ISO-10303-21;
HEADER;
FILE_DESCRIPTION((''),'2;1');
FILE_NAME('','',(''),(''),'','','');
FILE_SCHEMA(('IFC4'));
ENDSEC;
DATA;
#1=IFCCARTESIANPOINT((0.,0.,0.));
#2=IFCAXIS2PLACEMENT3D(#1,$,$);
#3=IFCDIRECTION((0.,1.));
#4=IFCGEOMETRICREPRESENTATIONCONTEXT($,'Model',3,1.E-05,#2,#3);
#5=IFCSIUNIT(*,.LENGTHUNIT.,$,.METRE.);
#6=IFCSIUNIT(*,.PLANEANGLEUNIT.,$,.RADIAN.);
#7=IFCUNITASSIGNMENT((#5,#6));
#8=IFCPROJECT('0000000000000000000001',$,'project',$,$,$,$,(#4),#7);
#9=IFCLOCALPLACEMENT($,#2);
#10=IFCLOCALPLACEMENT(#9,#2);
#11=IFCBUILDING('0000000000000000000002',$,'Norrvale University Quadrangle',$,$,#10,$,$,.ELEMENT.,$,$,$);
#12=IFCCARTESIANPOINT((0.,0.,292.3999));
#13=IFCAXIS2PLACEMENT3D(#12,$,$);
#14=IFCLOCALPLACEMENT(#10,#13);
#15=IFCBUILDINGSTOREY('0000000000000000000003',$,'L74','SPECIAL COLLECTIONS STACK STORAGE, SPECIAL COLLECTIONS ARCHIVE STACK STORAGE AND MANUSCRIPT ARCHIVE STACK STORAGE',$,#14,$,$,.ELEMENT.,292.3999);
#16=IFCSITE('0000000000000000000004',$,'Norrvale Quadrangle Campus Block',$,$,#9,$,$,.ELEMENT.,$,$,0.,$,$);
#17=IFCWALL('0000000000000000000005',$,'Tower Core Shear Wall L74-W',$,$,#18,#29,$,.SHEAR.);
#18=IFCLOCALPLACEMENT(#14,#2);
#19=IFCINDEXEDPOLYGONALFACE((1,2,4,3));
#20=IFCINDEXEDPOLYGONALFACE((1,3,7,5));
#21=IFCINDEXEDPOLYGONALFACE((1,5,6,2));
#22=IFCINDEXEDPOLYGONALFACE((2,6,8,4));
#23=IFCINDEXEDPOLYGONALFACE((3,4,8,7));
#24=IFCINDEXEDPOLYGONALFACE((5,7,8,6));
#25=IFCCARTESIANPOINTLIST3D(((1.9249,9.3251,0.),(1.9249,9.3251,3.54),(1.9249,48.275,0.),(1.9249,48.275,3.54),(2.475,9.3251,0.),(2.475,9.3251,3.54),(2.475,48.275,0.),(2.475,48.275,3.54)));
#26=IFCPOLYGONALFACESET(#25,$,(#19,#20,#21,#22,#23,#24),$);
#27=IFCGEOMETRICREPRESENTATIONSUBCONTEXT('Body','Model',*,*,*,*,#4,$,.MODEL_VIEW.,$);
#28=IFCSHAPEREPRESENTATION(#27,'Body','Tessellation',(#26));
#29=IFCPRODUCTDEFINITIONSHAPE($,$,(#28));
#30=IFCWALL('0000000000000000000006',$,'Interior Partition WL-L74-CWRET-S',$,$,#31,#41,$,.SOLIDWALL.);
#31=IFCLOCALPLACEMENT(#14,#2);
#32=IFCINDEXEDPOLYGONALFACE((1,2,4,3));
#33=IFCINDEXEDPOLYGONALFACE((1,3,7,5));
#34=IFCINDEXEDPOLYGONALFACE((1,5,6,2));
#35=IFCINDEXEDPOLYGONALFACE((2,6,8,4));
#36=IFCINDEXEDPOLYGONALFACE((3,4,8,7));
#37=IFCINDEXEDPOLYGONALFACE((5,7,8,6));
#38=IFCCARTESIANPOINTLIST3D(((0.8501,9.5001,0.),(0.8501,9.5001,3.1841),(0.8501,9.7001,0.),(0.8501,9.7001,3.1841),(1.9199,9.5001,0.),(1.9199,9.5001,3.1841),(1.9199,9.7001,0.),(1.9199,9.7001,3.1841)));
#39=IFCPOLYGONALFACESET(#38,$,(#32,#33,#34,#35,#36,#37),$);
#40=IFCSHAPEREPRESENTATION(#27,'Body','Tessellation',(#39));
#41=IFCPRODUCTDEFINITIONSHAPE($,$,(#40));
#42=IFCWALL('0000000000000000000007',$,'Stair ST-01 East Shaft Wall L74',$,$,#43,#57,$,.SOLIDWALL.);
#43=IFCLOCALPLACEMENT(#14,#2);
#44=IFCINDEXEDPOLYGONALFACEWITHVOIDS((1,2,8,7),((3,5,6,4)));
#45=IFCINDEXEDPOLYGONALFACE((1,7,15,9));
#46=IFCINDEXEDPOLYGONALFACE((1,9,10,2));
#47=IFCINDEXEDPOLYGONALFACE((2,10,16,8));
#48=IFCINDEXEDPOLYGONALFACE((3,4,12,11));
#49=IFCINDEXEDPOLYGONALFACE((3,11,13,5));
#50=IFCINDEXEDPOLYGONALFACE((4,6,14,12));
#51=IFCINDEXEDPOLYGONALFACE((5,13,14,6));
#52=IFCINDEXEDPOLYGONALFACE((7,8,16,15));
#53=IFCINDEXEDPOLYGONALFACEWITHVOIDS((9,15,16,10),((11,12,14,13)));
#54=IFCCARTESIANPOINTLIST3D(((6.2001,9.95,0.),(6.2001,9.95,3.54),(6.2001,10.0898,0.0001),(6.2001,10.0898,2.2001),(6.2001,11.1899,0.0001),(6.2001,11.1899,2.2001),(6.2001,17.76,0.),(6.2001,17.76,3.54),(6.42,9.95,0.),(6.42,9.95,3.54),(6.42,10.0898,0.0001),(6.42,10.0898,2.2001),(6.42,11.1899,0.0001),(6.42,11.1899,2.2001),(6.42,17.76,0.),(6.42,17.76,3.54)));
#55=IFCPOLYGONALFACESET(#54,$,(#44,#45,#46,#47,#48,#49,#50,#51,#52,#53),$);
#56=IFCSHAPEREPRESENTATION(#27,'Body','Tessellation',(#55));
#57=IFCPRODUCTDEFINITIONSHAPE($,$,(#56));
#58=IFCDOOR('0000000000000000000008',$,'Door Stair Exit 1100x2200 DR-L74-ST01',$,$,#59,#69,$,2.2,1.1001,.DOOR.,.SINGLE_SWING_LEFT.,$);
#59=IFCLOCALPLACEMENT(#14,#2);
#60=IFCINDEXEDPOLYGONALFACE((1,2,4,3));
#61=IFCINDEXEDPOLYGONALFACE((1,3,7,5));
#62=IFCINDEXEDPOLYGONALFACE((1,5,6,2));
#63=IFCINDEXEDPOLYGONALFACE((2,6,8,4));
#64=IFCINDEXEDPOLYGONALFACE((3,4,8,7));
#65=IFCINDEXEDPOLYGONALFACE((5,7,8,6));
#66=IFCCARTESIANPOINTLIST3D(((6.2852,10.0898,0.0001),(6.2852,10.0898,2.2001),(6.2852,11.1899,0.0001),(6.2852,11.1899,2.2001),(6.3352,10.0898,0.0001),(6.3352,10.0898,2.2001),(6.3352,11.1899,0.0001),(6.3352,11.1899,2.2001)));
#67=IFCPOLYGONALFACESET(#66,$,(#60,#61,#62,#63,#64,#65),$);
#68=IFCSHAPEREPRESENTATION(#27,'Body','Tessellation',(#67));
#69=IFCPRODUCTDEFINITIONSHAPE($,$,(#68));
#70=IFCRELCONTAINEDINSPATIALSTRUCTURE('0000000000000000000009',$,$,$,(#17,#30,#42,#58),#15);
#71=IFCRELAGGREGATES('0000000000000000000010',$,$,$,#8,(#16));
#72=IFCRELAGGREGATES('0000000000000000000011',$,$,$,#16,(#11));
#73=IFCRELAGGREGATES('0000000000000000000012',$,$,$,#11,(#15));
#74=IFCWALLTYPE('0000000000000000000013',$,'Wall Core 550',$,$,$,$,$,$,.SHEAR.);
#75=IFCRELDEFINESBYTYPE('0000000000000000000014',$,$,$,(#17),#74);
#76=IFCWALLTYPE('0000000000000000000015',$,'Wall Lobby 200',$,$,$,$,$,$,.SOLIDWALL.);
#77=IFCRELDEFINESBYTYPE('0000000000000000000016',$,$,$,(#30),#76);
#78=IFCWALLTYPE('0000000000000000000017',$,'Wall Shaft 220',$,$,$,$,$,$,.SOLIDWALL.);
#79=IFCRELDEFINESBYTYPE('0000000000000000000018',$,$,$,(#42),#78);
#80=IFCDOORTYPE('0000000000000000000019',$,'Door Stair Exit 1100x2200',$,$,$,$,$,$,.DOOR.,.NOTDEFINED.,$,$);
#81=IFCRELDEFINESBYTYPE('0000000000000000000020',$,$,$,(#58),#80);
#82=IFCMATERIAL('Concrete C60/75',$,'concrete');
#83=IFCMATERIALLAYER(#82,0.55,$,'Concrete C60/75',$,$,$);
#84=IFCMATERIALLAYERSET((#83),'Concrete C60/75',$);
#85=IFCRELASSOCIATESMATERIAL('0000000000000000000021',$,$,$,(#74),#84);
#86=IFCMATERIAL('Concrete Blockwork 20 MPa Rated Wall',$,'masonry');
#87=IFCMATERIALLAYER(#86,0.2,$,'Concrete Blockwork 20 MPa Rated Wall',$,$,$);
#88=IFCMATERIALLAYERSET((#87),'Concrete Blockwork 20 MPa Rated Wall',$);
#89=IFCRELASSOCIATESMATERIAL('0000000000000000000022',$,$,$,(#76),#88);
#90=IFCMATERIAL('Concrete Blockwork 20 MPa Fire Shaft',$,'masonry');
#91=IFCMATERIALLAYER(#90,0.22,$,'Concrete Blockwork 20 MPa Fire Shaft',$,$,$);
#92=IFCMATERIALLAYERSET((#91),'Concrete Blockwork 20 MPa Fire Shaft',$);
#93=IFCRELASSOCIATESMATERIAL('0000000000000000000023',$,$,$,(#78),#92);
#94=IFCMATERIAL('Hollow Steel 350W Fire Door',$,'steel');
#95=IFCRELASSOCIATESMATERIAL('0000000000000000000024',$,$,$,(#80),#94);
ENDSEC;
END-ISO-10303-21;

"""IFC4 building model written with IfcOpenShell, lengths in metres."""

from ifc_helpers import new_model, si_unit, direction, frame, frame_2d, origin, place, context, subcontext, project, spatial, rectangle, extrude, material, layer, layer_set, type_object, element, fill, save


model = new_model("IFC4")

# Units and contexts
model_context = context("Model", 3, precision=1e-05, world=origin(), true_north=direction((0.0, 1.0)))
body_context = subcontext(model_context, "Body", "Model", "MODEL_VIEW")
ifc_project = project(units=[si_unit("LENGTHUNIT", "METRE"), si_unit("PLANEANGLEUNIT", "RADIAN")], contexts=[model_context])

# Site, building, storey
site_placement = place(None, origin())
site = spatial("IfcSite", under=ifc_project, at=site_placement, Name="Norrvale Quadrangle Campus Block", CompositionType="ELEMENT", RefElevation=0.0)
building_placement = place(site_placement, origin())
building = spatial("IfcBuilding", under=site, at=building_placement, Name="Norrvale University Quadrangle", CompositionType="ELEMENT")
storey_placement = place(building_placement, frame((0.0, 0.0, 292.3999)))
storey = spatial("IfcBuildingStorey", under=building, at=storey_placement, Name="L74", Description="SPECIAL COLLECTIONS STACK STORAGE, SPECIAL COLLECTIONS ARCHIVE STACK STORAGE AND MANUSCRIPT ARCHIVE STACK STORAGE", CompositionType="ELEMENT", Elevation=292.3999)

# Shared definitions
ifc_material_1 = material(Name="Concrete C60/75", Category="concrete")

# Walls
ifc_layer_1 = layer(ifc_material_1, 0.55, Name="Concrete C60/75")
ifc_layer_set_1 = layer_set([ifc_layer_1], Name="Concrete C60/75")
wall_type_1 = type_object("IfcWallType", Name="Wall Core 550", PredefinedType="SHEAR", material=ifc_layer_set_1)
wall_1_placement = place(storey_placement, frame((2.2, 9.325, 0.0), z_axis=(0.0, 0.0, 1.0), x_axis=(0.0, 1.0, 0.0)))
element("IfcWall", 1, at=wall_1_placement, inside=storey, type_object=wall_type_1, Name="Tower Core Shear Wall L74-W", PredefinedType="SHEAR", context=body_context, shape_type="SweptSolid", body=[
    extrude(rectangle(XDim=38.95, YDim=0.55, at=frame_2d((19.4751, 0.0))), origin(), (0.0, 0.0, 1.0), 3.54),
])
ifc_material_2 = material(Name="Concrete Blockwork 20 MPa Rated Wall", Category="masonry")
ifc_layer_2 = layer(ifc_material_2, 0.2, Name="Concrete Blockwork 20 MPa Rated Wall")
ifc_layer_set_2 = layer_set([ifc_layer_2], Name="Concrete Blockwork 20 MPa Rated Wall")
wall_type_2 = type_object("IfcWallType", Name="Wall Lobby 200", PredefinedType="SOLIDWALL", material=ifc_layer_set_2)
wall_2_placement = place(storey_placement, frame((0.8501, 9.6001, 0.0), z_axis=(0.0, 0.0, 1.0), x_axis=(1.0, 0.0, 0.0)))
element("IfcWall", 2, at=wall_2_placement, inside=storey, type_object=wall_type_2, Name="Interior Partition WL-L74-CWRET-S", PredefinedType="SOLIDWALL", context=body_context, shape_type="SweptSolid", body=[
    extrude(rectangle(XDim=1.0698, YDim=0.2, at=frame_2d((0.5349, 0.0))), origin(), (0.0, 0.0, 1.0), 3.1841),
])

# Wall, opening, door
ifc_material_3 = material(Name="Concrete Blockwork 20 MPa Fire Shaft", Category="masonry")
ifc_layer_3 = layer(ifc_material_3, 0.22, Name="Concrete Blockwork 20 MPa Fire Shaft")
ifc_layer_set_3 = layer_set([ifc_layer_3], Name="Concrete Blockwork 20 MPa Fire Shaft")
wall_type_3 = type_object("IfcWallType", Name="Wall Shaft 220", PredefinedType="SOLIDWALL", material=ifc_layer_set_3)
wall_3_placement = place(storey_placement, frame((6.3101, 9.95, 0.0), z_axis=(0.0, 0.0, 1.0), x_axis=(0.0, 1.0, 0.0)))
wall_3 = element("IfcWall", 3, at=wall_3_placement, inside=storey, type_object=wall_type_3, Name="Stair ST-01 East Shaft Wall L74", PredefinedType="SOLIDWALL", context=body_context, shape_type="SweptSolid", body=[
    extrude(rectangle(XDim=7.8101, YDim=0.22, at=frame_2d((3.905, 0.0))), origin(), (0.0, 0.0, 1.0), 3.54),
])
opening_1_placement = place(wall_3_placement, frame((0.1399, 0.0, 0.0)))
opening_1 = element("IfcOpeningElement", 4, at=opening_1_placement, cuts=wall_3, PredefinedType="OPENING", context=body_context, shape_type="SweptSolid", body=[
    extrude(rectangle(XDim=1.1001, YDim=2.2, at=frame_2d((0.55, 1.1001))), frame((0.0, 0.1221, 0.0), z_axis=(0.0, -1.0, 0.0), x_axis=(1.0, 0.0, 0.0)), (0.0, 0.0, 1.0), 0.2439),
])
ifc_material_4 = material(Name="Hollow Steel 350W Fire Door", Category="steel")
door_type = type_object("IfcDoorType", Name="Door Stair Exit 1100x2200", OperationType="NOTDEFINED", PredefinedType="DOOR", material=ifc_material_4)
door_placement = place(opening_1_placement, origin())
door = element("IfcDoor", 5, at=door_placement, inside=storey, type_object=door_type, Name="Door Stair Exit 1100x2200 DR-L74-ST01", OperationType="SINGLE_SWING_LEFT", OverallHeight=2.2, OverallWidth=1.1001, PredefinedType="DOOR", context=body_context, shape_type="SweptSolid", body=[
    extrude(rectangle(XDim=1.1001, YDim=2.2, at=frame_2d((0.55, 1.1001))), frame((0.0, 0.0249, 0.0), z_axis=(0.0, -1.0, 0.0), x_axis=(1.0, 0.0, 0.0)), (0.0, 0.0, 1.0), 0.05),
])
fill(opening_1, door)

save(model, "model.ifc")
